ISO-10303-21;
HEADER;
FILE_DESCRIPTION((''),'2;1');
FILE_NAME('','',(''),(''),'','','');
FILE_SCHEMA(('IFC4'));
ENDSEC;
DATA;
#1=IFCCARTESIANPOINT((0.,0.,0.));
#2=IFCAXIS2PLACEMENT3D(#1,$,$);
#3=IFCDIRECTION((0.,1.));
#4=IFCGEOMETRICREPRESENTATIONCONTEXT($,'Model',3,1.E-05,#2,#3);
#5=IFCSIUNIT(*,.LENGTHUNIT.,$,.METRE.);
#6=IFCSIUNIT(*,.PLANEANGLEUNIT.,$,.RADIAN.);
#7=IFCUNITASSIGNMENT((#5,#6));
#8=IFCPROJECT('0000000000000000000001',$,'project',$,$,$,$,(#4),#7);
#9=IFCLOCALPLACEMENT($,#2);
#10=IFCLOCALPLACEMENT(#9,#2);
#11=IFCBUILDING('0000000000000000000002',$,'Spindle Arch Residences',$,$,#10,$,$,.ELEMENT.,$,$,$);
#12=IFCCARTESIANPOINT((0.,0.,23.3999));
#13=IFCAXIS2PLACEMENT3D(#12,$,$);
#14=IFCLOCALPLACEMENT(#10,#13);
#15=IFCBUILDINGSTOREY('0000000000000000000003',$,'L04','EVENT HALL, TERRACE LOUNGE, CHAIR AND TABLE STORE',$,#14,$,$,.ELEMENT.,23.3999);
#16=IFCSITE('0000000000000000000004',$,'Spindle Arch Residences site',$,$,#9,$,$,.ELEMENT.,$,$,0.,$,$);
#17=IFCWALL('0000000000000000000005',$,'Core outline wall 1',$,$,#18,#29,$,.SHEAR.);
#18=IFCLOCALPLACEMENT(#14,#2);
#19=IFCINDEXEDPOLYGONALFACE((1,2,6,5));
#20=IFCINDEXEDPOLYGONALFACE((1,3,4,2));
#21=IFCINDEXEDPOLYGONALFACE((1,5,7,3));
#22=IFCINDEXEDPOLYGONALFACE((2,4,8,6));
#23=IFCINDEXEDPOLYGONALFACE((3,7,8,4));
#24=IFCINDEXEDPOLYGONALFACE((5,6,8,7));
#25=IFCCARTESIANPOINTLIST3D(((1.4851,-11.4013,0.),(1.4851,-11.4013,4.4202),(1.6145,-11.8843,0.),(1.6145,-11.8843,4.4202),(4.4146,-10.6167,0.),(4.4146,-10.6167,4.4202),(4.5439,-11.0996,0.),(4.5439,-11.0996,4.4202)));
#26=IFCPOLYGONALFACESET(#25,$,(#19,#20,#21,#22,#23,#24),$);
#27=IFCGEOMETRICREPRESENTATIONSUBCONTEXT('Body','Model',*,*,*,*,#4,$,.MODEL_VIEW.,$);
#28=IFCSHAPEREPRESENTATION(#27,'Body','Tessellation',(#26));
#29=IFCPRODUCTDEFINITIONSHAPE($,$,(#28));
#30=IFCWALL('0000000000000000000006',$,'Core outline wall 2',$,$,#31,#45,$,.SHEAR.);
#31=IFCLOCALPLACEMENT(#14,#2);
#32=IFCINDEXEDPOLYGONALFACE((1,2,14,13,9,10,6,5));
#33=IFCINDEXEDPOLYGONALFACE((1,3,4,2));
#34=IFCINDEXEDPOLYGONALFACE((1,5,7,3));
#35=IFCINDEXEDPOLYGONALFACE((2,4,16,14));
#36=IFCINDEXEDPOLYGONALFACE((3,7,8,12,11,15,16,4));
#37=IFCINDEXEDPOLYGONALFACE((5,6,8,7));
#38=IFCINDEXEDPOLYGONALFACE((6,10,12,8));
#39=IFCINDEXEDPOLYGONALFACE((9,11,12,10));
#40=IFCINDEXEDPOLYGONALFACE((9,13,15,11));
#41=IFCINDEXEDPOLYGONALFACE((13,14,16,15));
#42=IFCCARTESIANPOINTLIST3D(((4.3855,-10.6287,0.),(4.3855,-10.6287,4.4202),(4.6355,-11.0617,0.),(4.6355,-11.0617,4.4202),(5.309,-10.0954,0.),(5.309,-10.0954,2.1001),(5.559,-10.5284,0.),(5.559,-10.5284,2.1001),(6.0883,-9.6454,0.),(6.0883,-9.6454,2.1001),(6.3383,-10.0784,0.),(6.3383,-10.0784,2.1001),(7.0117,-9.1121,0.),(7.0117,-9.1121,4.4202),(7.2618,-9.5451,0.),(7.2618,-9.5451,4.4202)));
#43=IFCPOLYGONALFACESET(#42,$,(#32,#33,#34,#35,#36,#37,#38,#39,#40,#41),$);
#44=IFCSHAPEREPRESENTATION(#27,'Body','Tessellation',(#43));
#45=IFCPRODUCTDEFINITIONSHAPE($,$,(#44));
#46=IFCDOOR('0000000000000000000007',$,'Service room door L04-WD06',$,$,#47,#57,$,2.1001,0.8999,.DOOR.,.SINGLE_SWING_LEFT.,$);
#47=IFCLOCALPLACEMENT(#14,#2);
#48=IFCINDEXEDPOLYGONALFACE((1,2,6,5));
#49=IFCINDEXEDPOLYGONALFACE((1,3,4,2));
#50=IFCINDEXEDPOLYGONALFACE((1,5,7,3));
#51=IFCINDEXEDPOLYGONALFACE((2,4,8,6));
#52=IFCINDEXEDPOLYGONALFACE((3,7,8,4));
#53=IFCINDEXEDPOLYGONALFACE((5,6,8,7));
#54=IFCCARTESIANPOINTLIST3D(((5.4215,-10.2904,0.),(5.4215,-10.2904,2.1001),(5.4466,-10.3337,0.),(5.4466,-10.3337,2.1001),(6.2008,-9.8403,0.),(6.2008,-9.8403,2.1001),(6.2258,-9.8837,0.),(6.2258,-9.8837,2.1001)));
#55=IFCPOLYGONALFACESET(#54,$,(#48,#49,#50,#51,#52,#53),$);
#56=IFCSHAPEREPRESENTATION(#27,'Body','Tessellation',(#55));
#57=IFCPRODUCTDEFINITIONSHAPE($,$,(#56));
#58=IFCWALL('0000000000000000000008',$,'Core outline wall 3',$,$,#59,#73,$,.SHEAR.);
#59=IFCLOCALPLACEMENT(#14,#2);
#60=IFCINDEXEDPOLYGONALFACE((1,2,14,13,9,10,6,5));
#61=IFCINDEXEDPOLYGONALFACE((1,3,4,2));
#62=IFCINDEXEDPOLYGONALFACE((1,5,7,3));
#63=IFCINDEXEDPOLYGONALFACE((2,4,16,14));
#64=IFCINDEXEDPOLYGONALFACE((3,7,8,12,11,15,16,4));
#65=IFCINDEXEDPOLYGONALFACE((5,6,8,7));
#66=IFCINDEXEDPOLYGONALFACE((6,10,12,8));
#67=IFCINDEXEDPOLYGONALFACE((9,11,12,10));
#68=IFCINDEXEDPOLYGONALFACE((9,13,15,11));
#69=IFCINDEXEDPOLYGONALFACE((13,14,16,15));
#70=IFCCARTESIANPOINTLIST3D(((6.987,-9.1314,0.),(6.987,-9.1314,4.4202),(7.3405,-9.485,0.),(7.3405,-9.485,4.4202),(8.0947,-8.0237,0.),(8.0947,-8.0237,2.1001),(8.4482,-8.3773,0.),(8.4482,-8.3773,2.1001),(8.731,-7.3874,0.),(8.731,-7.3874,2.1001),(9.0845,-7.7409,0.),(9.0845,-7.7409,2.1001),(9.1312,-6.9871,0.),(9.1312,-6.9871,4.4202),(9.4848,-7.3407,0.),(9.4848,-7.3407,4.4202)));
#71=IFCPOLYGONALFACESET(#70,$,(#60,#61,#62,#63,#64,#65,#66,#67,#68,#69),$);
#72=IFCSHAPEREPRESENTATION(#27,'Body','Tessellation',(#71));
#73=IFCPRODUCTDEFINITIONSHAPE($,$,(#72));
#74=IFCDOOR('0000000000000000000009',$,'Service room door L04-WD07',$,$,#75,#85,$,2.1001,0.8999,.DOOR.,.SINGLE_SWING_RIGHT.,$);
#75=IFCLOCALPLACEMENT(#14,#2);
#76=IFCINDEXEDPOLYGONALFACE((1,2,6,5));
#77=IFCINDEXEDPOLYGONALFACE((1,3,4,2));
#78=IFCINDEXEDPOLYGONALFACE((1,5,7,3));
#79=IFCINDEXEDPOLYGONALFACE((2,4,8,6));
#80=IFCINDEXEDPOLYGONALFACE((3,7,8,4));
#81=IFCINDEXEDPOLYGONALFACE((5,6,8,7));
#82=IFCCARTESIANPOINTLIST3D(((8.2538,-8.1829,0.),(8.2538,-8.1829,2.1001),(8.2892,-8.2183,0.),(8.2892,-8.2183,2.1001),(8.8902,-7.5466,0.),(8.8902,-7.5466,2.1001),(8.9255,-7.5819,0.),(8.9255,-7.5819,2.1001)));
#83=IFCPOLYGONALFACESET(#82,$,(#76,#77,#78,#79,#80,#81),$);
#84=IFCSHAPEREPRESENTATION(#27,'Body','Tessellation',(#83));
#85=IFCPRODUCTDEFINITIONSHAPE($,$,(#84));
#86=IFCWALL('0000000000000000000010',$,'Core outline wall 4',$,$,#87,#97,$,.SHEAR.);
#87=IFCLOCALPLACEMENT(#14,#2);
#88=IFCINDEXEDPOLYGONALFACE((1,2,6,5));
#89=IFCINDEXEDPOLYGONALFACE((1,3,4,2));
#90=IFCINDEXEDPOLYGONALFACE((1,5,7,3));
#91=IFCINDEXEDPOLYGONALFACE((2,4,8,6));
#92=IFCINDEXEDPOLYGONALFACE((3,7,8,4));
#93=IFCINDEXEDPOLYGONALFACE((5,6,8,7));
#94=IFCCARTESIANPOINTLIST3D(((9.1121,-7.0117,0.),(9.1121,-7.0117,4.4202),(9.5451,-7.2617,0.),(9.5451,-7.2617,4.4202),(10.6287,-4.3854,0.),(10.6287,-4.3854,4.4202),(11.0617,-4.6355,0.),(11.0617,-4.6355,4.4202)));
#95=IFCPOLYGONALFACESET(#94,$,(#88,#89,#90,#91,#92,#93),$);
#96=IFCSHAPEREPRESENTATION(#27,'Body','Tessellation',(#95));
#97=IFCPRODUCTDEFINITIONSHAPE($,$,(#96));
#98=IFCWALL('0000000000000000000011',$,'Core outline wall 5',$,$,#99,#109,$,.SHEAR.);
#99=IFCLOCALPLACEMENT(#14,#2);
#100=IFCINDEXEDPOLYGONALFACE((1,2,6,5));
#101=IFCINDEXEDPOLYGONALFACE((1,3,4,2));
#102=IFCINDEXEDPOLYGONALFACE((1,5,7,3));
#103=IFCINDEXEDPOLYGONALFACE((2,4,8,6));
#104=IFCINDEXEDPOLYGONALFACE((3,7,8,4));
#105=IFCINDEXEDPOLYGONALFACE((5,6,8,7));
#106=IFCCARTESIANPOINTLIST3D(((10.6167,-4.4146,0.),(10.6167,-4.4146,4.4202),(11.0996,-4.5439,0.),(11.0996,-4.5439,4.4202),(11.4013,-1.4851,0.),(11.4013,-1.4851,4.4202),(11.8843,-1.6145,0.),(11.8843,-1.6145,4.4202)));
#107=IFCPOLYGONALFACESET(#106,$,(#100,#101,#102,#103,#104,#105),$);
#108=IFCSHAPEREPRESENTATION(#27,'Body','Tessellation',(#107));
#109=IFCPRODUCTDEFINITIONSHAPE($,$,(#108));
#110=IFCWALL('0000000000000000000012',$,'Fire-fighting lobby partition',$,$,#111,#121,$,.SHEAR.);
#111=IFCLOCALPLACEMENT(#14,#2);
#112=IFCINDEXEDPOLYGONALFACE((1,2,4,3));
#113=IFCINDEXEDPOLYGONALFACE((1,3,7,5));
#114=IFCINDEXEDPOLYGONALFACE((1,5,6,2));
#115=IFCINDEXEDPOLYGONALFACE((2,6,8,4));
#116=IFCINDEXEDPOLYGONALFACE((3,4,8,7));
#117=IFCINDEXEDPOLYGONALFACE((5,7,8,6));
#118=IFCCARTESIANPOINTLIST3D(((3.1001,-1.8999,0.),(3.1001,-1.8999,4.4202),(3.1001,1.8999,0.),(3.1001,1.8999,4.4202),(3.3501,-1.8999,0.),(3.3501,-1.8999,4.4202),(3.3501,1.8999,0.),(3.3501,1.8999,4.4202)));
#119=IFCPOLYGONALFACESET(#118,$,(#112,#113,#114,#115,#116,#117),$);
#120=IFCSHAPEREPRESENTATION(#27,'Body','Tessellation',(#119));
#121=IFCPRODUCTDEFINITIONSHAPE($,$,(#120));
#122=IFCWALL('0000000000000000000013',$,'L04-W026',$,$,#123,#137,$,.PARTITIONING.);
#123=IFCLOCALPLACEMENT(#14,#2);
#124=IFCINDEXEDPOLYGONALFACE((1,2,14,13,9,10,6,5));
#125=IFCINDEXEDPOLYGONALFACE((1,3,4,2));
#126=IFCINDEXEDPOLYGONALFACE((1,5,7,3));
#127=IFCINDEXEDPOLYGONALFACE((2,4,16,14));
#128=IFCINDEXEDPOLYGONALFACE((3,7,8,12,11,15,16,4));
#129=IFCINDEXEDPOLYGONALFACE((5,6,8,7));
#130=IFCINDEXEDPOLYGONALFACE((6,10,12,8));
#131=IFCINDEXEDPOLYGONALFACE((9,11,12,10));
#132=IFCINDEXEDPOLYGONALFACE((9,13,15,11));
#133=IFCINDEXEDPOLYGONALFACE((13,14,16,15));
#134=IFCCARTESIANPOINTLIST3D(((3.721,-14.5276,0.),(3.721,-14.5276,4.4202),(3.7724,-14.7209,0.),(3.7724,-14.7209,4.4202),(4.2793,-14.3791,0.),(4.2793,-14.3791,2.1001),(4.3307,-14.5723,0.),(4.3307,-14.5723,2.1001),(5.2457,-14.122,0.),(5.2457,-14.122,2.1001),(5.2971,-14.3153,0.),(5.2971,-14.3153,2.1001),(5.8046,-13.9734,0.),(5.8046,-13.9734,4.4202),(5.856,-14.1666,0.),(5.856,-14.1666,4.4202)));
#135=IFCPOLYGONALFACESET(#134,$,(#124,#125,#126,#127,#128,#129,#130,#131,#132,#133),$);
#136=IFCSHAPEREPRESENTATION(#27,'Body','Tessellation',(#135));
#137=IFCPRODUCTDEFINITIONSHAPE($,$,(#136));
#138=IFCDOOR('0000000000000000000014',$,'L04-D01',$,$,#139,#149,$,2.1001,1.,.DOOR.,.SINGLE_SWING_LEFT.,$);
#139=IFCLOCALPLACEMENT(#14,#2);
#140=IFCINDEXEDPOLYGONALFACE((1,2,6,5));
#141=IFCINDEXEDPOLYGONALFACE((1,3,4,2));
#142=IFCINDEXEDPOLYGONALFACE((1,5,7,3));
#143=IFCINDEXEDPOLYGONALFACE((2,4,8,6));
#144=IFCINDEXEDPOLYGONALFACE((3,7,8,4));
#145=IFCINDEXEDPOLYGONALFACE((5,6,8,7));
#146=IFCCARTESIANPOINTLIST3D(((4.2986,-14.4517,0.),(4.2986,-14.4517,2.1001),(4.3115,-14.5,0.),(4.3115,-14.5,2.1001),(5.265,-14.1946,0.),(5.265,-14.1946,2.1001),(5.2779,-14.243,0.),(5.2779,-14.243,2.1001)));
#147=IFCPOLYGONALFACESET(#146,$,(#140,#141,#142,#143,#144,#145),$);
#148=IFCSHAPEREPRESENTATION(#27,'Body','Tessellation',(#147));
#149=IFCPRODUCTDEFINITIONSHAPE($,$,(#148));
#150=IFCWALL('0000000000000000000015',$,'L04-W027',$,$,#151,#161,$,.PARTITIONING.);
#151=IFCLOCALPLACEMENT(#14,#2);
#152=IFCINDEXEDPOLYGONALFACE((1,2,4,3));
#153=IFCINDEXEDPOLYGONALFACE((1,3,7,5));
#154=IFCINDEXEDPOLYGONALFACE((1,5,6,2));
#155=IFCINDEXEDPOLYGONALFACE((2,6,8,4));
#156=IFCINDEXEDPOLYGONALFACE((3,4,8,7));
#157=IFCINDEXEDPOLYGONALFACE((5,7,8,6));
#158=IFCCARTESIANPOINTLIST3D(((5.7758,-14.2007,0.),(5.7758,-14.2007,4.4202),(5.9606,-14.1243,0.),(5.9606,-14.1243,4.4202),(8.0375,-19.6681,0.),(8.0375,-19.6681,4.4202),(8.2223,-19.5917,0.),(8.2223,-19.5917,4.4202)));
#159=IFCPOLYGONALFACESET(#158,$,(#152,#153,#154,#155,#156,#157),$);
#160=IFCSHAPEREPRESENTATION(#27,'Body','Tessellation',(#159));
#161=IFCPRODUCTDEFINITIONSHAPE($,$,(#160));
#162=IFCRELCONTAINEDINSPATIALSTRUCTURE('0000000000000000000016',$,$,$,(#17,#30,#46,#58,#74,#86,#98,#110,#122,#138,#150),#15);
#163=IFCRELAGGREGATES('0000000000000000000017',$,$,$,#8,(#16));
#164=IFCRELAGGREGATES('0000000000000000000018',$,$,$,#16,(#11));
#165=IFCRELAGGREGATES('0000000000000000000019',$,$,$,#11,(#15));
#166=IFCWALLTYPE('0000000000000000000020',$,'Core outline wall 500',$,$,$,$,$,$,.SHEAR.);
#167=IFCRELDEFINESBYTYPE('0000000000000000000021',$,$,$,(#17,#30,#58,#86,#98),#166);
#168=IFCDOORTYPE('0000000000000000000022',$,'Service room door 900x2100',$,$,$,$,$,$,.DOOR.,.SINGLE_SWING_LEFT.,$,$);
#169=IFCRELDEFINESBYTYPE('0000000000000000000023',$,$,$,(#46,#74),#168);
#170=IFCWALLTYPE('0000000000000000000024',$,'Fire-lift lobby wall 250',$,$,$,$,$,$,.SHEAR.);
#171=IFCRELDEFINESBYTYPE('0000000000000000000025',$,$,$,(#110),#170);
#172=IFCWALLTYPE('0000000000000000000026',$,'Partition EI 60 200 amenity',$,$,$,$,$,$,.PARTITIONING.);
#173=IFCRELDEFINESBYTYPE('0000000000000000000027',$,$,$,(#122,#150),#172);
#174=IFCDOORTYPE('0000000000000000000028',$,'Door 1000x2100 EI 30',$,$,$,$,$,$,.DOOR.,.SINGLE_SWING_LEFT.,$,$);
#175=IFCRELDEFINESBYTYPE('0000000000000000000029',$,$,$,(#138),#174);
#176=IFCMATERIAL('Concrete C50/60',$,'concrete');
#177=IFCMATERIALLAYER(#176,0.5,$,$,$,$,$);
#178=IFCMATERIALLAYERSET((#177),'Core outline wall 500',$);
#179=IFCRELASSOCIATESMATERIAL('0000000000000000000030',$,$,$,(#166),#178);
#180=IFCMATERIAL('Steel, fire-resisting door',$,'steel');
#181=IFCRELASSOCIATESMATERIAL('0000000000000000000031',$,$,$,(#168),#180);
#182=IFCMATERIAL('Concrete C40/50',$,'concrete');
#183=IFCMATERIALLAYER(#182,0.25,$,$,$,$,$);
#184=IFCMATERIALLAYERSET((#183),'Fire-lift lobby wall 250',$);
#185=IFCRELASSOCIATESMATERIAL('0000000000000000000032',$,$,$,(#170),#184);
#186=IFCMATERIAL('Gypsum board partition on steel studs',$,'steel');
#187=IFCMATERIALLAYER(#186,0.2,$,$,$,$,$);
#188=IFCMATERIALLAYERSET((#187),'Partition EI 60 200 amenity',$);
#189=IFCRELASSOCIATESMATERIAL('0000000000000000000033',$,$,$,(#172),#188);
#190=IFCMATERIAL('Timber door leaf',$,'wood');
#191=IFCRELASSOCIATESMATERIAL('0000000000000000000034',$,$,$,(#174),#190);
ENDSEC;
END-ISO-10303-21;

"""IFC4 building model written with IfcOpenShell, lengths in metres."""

from ifc_helpers import new_model, si_unit, direction, frame, frame_2d, origin, place, context, subcontext, project, spatial, rectangle, extrude, material, layer, layer_set, type_object, element, fill, save


model = new_model("IFC4")

# Units and contexts
model_context = context("Model", 3, precision=1e-05, world=origin(), true_north=direction((0.0, 1.0)))
body_context = subcontext(model_context, "Body", "Model", "MODEL_VIEW")
ifc_project = project(units=[si_unit("LENGTHUNIT", "METRE"), si_unit("PLANEANGLEUNIT", "RADIAN")], contexts=[model_context])

# Site, building, storey
site_placement = place(None, origin())
site = spatial("IfcSite", under=ifc_project, at=site_placement, Name="Spindle Arch Residences site", CompositionType="ELEMENT", RefElevation=0.0)
building_placement = place(site_placement, origin())
building = spatial("IfcBuilding", under=site, at=building_placement, Name="Spindle Arch Residences", CompositionType="ELEMENT")
storey_placement = place(building_placement, frame((0.0, 0.0, 23.3999)))
storey = spatial("IfcBuildingStorey", under=building, at=storey_placement, Name="L04", Description="EVENT HALL, TERRACE LOUNGE, CHAIR AND TABLE STORE", CompositionType="ELEMENT", Elevation=23.3999)

# Wall
ifc_material_1 = material(Name="Concrete C50/60", Category="concrete")
ifc_layer_1 = layer(ifc_material_1, 0.5)
ifc_layer_set_1 = layer_set([ifc_layer_1], Name="Core outline wall 500")
wall_type_1 = type_object("IfcWallType", Name="Core outline wall 500", PredefinedType="SHEAR", material=ifc_layer_set_1)
wall_1_placement = place(storey_placement, frame((1.5498, -11.6428, 0.0), z_axis=(0.0, 0.0, 1.0), x_axis=(0.965948, 0.258735, 0.0)))
element("IfcWall", 1, at=wall_1_placement, inside=storey, type_object=wall_type_1, Name="Core outline wall 1", PredefinedType="SHEAR", context=body_context, shape_type="SweptSolid", body=[
    extrude(rectangle(XDim=3.0327, YDim=0.5, at=frame_2d((1.5164, 0.0))), origin(), (0.0, 0.0, 1.0), 4.4202),
])

# Walls, openings, doors
wall_2_placement = place(storey_placement, frame((4.5105, -10.8452, 0.0), z_axis=(0.0, 0.0, 1.0), x_axis=(0.865975, 0.500087, 0.0)))
wall_2 = element("IfcWall", 2, at=wall_2_placement, inside=storey, type_object=wall_type_1, Name="Core outline wall 2", PredefinedType="SHEAR", context=body_context, shape_type="SweptSolid", body=[
    extrude(rectangle(XDim=3.0327, YDim=0.5, at=frame_2d((1.5164, 0.0))), origin(), (0.0, 0.0, 1.0), 4.4202),
])
opening_1_placement = place(wall_2_placement, frame((1.0664, 0.0, 0.0)))
opening_1 = element("IfcOpeningElement", 3, at=opening_1_placement, cuts=wall_2, PredefinedType="OPENING", context=body_context, shape_type="SweptSolid", body=[
    extrude(rectangle(XDim=0.8999, YDim=2.1001, at=frame_2d((0.45, 1.05))), frame((0.0, 0.26, 0.0), z_axis=(0.0, -1.0, 0.0), x_axis=(1.0, 0.0, 0.0)), (0.0, 0.0, 1.0), 0.52),
])
ifc_material_2 = material(Name="Steel, fire-resisting door", Category="steel")
door_type_1 = type_object("IfcDoorType", Name="Service room door 900x2100", OperationType="SINGLE_SWING_LEFT", PredefinedType="DOOR", material=ifc_material_2)
door_1_placement = place(opening_1_placement, origin())
door_1 = element("IfcDoor", 4, at=door_1_placement, inside=storey, type_object=door_type_1, Name="Service room door L04-WD06", OperationType="SINGLE_SWING_LEFT", OverallHeight=2.1001, OverallWidth=0.8999, PredefinedType="DOOR", context=body_context, shape_type="SweptSolid", body=[
    extrude(rectangle(XDim=0.8999, YDim=2.1001, at=frame_2d((0.45, 1.05))), frame((0.0, 0.0249, 0.0), z_axis=(0.0, -1.0, 0.0), x_axis=(1.0, 0.0, 0.0)), (0.0, 0.0, 1.0), 0.05),
])
fill(opening_1, door_1)
wall_3_placement = place(storey_placement, frame((7.1638, -9.3081, 0.0), z_axis=(0.0, 0.0, 1.0), x_axis=(0.707107, 0.707107, 0.0)))
wall_3 = element("IfcWall", 5, at=wall_3_placement, inside=storey, type_object=wall_type_1, Name="Core outline wall 3", PredefinedType="SHEAR", context=body_context, shape_type="SweptSolid", body=[
    extrude(rectangle(XDim=3.0325, YDim=0.5, at=frame_2d((1.5161, 0.0))), origin(), (0.0, 0.0, 1.0), 4.4202),
])
opening_2_placement = place(wall_3_placement, frame((1.5664, 0.0, 0.0)))
opening_2 = element("IfcOpeningElement", 6, at=opening_2_placement, cuts=wall_3, PredefinedType="OPENING", context=body_context, shape_type="SweptSolid", body=[
    extrude(rectangle(XDim=0.8999, YDim=2.1001, at=frame_2d((0.45, 1.05))), frame((0.0, 0.26, 0.0), z_axis=(0.0, -1.0, 0.0), x_axis=(1.0, 0.0, 0.0)), (0.0, 0.0, 1.0), 0.52),
])
door_2_placement = place(opening_2_placement, origin())
door_2 = element("IfcDoor", 7, at=door_2_placement, inside=storey, type_object=door_type_1, Name="Service room door L04-WD07", OperationType="SINGLE_SWING_RIGHT", OverallHeight=2.1001, OverallWidth=0.8999, PredefinedType="DOOR", context=body_context, shape_type="SweptSolid", body=[
    extrude(rectangle(XDim=0.8999, YDim=2.1001, at=frame_2d((0.45, 1.05))), frame((0.0, 0.0249, 0.0), z_axis=(0.0, -1.0, 0.0), x_axis=(1.0, 0.0, 0.0)), (0.0, 0.0, 1.0), 0.05),
])
fill(opening_2, door_2)

# Walls
for number, where, z_axis, x_axis, name in (
    (8, (9.3286, -7.1367, 0.0), (0.0, 0.0, 1.0), (0.500087, 0.865975, 0.0), "Core outline wall 4"),
    (9, (10.8582, -4.4792, 0.0), (0.0, 0.0, 1.0), (0.258735, 0.965948, 0.0), "Core outline wall 5"),
):
    element("IfcWall", number, at=place(storey_placement, frame(where, z_axis=z_axis, x_axis=x_axis)), inside=storey, type_object=wall_type_1, Name=name, PredefinedType="SHEAR", context=body_context, shape_type="SweptSolid", body=[
        extrude(rectangle(XDim=3.0327, YDim=0.5, at=frame_2d((1.5164, 0.0))), origin(), (0.0, 0.0, 1.0), 4.4202),
    ])
ifc_material_3 = material(Name="Concrete C40/50", Category="concrete")
ifc_layer_2 = layer(ifc_material_3, 0.25)
ifc_layer_set_2 = layer_set([ifc_layer_2], Name="Fire-lift lobby wall 250")
wall_type_2 = type_object("IfcWallType", Name="Fire-lift lobby wall 250", PredefinedType="SHEAR", material=ifc_layer_set_2)
wall_4_placement = place(storey_placement, frame((3.2251, -1.8999, 0.0), z_axis=(0.0, 0.0, 1.0), x_axis=(0.0, 1.0, 0.0)))
element("IfcWall", 10, at=wall_4_placement, inside=storey, type_object=wall_type_2, Name="Fire-fighting lobby partition", PredefinedType="SHEAR", context=body_context, shape_type="SweptSolid", body=[
    extrude(rectangle(XDim=3.7998, YDim=0.25, at=frame_2d((1.8999, 0.0))), origin(), (0.0, 0.0, 1.0), 4.4202),
])

# Wall, opening, door
ifc_material_4 = material(Name="Gypsum board partition on steel studs", Category="steel")
ifc_layer_3 = layer(ifc_material_4, 0.2)
ifc_layer_set_3 = layer_set([ifc_layer_3], Name="Partition EI 60 200 amenity")
wall_type_3 = type_object("IfcWallType", Name="Partition EI 60 200 amenity", PredefinedType="PARTITIONING", material=ifc_layer_set_3)
wall_5_placement = place(storey_placement, frame((3.7466, -14.6243, 0.0), z_axis=(0.0, 0.0, 1.0), x_axis=(0.966396, 0.257056, 0.0)))
wall_5 = element("IfcWall", 11, at=wall_5_placement, inside=storey, type_object=wall_type_3, Name="L04-W026", PredefinedType="PARTITIONING", context=body_context, shape_type="SweptSolid", body=[
    extrude(rectangle(XDim=2.156, YDim=0.2, at=frame_2d((1.0781, 0.0))), origin(), (0.0, 0.0, 1.0), 4.4202),
])
opening_3_placement = place(wall_5_placement, frame((0.5779, 0.0, 0.0)))
opening_3 = element("IfcOpeningElement", 12, at=opening_3_placement, cuts=wall_5, PredefinedType="OPENING", context=body_context, shape_type="SweptSolid", body=[
    extrude(rectangle(XDim=1.0, YDim=2.1001, at=frame_2d((0.5, 1.05))), frame((0.0, 0.1099, 0.0), z_axis=(0.0, -1.0, 0.0), x_axis=(1.0, 0.0, 0.0)), (0.0, 0.0, 1.0), 0.22),
])
ifc_material_5 = material(Name="Timber door leaf", Category="wood")
door_type_2 = type_object("IfcDoorType", Name="Door 1000x2100 EI 30", OperationType="SINGLE_SWING_LEFT", PredefinedType="DOOR", material=ifc_material_5)
door_3_placement = place(opening_3_placement, origin())
door_3 = element("IfcDoor", 13, at=door_3_placement, inside=storey, type_object=door_type_2, Name="L04-D01", OperationType="SINGLE_SWING_LEFT", OverallHeight=2.1001, OverallWidth=1.0, PredefinedType="DOOR", context=body_context, shape_type="SweptSolid", body=[
    extrude(rectangle(XDim=1.0, YDim=2.1001, at=frame_2d((0.5, 1.05))), frame((0.0, 0.0249, 0.0), z_axis=(0.0, -1.0, 0.0), x_axis=(1.0, 0.0, 0.0)), (0.0, 0.0, 1.0), 0.05),
])
fill(opening_3, door_3)

# Wall
wall_6_placement = place(storey_placement, frame((5.8682, -14.1624, 0.0), z_axis=(0.0, 0.0, 1.0), x_axis=(0.38225, -0.924059, 0.0)))
element("IfcWall", 14, at=wall_6_placement, inside=storey, type_object=wall_type_3, Name="L04-W027", PredefinedType="PARTITIONING", context=body_context, shape_type="SweptSolid", body=[
    extrude(rectangle(XDim=5.9167, YDim=0.2, at=frame_2d((2.9585, 0.0))), origin(), (0.0, 0.0, 1.0), 4.4202),
])

save(model, "model.ifc")
